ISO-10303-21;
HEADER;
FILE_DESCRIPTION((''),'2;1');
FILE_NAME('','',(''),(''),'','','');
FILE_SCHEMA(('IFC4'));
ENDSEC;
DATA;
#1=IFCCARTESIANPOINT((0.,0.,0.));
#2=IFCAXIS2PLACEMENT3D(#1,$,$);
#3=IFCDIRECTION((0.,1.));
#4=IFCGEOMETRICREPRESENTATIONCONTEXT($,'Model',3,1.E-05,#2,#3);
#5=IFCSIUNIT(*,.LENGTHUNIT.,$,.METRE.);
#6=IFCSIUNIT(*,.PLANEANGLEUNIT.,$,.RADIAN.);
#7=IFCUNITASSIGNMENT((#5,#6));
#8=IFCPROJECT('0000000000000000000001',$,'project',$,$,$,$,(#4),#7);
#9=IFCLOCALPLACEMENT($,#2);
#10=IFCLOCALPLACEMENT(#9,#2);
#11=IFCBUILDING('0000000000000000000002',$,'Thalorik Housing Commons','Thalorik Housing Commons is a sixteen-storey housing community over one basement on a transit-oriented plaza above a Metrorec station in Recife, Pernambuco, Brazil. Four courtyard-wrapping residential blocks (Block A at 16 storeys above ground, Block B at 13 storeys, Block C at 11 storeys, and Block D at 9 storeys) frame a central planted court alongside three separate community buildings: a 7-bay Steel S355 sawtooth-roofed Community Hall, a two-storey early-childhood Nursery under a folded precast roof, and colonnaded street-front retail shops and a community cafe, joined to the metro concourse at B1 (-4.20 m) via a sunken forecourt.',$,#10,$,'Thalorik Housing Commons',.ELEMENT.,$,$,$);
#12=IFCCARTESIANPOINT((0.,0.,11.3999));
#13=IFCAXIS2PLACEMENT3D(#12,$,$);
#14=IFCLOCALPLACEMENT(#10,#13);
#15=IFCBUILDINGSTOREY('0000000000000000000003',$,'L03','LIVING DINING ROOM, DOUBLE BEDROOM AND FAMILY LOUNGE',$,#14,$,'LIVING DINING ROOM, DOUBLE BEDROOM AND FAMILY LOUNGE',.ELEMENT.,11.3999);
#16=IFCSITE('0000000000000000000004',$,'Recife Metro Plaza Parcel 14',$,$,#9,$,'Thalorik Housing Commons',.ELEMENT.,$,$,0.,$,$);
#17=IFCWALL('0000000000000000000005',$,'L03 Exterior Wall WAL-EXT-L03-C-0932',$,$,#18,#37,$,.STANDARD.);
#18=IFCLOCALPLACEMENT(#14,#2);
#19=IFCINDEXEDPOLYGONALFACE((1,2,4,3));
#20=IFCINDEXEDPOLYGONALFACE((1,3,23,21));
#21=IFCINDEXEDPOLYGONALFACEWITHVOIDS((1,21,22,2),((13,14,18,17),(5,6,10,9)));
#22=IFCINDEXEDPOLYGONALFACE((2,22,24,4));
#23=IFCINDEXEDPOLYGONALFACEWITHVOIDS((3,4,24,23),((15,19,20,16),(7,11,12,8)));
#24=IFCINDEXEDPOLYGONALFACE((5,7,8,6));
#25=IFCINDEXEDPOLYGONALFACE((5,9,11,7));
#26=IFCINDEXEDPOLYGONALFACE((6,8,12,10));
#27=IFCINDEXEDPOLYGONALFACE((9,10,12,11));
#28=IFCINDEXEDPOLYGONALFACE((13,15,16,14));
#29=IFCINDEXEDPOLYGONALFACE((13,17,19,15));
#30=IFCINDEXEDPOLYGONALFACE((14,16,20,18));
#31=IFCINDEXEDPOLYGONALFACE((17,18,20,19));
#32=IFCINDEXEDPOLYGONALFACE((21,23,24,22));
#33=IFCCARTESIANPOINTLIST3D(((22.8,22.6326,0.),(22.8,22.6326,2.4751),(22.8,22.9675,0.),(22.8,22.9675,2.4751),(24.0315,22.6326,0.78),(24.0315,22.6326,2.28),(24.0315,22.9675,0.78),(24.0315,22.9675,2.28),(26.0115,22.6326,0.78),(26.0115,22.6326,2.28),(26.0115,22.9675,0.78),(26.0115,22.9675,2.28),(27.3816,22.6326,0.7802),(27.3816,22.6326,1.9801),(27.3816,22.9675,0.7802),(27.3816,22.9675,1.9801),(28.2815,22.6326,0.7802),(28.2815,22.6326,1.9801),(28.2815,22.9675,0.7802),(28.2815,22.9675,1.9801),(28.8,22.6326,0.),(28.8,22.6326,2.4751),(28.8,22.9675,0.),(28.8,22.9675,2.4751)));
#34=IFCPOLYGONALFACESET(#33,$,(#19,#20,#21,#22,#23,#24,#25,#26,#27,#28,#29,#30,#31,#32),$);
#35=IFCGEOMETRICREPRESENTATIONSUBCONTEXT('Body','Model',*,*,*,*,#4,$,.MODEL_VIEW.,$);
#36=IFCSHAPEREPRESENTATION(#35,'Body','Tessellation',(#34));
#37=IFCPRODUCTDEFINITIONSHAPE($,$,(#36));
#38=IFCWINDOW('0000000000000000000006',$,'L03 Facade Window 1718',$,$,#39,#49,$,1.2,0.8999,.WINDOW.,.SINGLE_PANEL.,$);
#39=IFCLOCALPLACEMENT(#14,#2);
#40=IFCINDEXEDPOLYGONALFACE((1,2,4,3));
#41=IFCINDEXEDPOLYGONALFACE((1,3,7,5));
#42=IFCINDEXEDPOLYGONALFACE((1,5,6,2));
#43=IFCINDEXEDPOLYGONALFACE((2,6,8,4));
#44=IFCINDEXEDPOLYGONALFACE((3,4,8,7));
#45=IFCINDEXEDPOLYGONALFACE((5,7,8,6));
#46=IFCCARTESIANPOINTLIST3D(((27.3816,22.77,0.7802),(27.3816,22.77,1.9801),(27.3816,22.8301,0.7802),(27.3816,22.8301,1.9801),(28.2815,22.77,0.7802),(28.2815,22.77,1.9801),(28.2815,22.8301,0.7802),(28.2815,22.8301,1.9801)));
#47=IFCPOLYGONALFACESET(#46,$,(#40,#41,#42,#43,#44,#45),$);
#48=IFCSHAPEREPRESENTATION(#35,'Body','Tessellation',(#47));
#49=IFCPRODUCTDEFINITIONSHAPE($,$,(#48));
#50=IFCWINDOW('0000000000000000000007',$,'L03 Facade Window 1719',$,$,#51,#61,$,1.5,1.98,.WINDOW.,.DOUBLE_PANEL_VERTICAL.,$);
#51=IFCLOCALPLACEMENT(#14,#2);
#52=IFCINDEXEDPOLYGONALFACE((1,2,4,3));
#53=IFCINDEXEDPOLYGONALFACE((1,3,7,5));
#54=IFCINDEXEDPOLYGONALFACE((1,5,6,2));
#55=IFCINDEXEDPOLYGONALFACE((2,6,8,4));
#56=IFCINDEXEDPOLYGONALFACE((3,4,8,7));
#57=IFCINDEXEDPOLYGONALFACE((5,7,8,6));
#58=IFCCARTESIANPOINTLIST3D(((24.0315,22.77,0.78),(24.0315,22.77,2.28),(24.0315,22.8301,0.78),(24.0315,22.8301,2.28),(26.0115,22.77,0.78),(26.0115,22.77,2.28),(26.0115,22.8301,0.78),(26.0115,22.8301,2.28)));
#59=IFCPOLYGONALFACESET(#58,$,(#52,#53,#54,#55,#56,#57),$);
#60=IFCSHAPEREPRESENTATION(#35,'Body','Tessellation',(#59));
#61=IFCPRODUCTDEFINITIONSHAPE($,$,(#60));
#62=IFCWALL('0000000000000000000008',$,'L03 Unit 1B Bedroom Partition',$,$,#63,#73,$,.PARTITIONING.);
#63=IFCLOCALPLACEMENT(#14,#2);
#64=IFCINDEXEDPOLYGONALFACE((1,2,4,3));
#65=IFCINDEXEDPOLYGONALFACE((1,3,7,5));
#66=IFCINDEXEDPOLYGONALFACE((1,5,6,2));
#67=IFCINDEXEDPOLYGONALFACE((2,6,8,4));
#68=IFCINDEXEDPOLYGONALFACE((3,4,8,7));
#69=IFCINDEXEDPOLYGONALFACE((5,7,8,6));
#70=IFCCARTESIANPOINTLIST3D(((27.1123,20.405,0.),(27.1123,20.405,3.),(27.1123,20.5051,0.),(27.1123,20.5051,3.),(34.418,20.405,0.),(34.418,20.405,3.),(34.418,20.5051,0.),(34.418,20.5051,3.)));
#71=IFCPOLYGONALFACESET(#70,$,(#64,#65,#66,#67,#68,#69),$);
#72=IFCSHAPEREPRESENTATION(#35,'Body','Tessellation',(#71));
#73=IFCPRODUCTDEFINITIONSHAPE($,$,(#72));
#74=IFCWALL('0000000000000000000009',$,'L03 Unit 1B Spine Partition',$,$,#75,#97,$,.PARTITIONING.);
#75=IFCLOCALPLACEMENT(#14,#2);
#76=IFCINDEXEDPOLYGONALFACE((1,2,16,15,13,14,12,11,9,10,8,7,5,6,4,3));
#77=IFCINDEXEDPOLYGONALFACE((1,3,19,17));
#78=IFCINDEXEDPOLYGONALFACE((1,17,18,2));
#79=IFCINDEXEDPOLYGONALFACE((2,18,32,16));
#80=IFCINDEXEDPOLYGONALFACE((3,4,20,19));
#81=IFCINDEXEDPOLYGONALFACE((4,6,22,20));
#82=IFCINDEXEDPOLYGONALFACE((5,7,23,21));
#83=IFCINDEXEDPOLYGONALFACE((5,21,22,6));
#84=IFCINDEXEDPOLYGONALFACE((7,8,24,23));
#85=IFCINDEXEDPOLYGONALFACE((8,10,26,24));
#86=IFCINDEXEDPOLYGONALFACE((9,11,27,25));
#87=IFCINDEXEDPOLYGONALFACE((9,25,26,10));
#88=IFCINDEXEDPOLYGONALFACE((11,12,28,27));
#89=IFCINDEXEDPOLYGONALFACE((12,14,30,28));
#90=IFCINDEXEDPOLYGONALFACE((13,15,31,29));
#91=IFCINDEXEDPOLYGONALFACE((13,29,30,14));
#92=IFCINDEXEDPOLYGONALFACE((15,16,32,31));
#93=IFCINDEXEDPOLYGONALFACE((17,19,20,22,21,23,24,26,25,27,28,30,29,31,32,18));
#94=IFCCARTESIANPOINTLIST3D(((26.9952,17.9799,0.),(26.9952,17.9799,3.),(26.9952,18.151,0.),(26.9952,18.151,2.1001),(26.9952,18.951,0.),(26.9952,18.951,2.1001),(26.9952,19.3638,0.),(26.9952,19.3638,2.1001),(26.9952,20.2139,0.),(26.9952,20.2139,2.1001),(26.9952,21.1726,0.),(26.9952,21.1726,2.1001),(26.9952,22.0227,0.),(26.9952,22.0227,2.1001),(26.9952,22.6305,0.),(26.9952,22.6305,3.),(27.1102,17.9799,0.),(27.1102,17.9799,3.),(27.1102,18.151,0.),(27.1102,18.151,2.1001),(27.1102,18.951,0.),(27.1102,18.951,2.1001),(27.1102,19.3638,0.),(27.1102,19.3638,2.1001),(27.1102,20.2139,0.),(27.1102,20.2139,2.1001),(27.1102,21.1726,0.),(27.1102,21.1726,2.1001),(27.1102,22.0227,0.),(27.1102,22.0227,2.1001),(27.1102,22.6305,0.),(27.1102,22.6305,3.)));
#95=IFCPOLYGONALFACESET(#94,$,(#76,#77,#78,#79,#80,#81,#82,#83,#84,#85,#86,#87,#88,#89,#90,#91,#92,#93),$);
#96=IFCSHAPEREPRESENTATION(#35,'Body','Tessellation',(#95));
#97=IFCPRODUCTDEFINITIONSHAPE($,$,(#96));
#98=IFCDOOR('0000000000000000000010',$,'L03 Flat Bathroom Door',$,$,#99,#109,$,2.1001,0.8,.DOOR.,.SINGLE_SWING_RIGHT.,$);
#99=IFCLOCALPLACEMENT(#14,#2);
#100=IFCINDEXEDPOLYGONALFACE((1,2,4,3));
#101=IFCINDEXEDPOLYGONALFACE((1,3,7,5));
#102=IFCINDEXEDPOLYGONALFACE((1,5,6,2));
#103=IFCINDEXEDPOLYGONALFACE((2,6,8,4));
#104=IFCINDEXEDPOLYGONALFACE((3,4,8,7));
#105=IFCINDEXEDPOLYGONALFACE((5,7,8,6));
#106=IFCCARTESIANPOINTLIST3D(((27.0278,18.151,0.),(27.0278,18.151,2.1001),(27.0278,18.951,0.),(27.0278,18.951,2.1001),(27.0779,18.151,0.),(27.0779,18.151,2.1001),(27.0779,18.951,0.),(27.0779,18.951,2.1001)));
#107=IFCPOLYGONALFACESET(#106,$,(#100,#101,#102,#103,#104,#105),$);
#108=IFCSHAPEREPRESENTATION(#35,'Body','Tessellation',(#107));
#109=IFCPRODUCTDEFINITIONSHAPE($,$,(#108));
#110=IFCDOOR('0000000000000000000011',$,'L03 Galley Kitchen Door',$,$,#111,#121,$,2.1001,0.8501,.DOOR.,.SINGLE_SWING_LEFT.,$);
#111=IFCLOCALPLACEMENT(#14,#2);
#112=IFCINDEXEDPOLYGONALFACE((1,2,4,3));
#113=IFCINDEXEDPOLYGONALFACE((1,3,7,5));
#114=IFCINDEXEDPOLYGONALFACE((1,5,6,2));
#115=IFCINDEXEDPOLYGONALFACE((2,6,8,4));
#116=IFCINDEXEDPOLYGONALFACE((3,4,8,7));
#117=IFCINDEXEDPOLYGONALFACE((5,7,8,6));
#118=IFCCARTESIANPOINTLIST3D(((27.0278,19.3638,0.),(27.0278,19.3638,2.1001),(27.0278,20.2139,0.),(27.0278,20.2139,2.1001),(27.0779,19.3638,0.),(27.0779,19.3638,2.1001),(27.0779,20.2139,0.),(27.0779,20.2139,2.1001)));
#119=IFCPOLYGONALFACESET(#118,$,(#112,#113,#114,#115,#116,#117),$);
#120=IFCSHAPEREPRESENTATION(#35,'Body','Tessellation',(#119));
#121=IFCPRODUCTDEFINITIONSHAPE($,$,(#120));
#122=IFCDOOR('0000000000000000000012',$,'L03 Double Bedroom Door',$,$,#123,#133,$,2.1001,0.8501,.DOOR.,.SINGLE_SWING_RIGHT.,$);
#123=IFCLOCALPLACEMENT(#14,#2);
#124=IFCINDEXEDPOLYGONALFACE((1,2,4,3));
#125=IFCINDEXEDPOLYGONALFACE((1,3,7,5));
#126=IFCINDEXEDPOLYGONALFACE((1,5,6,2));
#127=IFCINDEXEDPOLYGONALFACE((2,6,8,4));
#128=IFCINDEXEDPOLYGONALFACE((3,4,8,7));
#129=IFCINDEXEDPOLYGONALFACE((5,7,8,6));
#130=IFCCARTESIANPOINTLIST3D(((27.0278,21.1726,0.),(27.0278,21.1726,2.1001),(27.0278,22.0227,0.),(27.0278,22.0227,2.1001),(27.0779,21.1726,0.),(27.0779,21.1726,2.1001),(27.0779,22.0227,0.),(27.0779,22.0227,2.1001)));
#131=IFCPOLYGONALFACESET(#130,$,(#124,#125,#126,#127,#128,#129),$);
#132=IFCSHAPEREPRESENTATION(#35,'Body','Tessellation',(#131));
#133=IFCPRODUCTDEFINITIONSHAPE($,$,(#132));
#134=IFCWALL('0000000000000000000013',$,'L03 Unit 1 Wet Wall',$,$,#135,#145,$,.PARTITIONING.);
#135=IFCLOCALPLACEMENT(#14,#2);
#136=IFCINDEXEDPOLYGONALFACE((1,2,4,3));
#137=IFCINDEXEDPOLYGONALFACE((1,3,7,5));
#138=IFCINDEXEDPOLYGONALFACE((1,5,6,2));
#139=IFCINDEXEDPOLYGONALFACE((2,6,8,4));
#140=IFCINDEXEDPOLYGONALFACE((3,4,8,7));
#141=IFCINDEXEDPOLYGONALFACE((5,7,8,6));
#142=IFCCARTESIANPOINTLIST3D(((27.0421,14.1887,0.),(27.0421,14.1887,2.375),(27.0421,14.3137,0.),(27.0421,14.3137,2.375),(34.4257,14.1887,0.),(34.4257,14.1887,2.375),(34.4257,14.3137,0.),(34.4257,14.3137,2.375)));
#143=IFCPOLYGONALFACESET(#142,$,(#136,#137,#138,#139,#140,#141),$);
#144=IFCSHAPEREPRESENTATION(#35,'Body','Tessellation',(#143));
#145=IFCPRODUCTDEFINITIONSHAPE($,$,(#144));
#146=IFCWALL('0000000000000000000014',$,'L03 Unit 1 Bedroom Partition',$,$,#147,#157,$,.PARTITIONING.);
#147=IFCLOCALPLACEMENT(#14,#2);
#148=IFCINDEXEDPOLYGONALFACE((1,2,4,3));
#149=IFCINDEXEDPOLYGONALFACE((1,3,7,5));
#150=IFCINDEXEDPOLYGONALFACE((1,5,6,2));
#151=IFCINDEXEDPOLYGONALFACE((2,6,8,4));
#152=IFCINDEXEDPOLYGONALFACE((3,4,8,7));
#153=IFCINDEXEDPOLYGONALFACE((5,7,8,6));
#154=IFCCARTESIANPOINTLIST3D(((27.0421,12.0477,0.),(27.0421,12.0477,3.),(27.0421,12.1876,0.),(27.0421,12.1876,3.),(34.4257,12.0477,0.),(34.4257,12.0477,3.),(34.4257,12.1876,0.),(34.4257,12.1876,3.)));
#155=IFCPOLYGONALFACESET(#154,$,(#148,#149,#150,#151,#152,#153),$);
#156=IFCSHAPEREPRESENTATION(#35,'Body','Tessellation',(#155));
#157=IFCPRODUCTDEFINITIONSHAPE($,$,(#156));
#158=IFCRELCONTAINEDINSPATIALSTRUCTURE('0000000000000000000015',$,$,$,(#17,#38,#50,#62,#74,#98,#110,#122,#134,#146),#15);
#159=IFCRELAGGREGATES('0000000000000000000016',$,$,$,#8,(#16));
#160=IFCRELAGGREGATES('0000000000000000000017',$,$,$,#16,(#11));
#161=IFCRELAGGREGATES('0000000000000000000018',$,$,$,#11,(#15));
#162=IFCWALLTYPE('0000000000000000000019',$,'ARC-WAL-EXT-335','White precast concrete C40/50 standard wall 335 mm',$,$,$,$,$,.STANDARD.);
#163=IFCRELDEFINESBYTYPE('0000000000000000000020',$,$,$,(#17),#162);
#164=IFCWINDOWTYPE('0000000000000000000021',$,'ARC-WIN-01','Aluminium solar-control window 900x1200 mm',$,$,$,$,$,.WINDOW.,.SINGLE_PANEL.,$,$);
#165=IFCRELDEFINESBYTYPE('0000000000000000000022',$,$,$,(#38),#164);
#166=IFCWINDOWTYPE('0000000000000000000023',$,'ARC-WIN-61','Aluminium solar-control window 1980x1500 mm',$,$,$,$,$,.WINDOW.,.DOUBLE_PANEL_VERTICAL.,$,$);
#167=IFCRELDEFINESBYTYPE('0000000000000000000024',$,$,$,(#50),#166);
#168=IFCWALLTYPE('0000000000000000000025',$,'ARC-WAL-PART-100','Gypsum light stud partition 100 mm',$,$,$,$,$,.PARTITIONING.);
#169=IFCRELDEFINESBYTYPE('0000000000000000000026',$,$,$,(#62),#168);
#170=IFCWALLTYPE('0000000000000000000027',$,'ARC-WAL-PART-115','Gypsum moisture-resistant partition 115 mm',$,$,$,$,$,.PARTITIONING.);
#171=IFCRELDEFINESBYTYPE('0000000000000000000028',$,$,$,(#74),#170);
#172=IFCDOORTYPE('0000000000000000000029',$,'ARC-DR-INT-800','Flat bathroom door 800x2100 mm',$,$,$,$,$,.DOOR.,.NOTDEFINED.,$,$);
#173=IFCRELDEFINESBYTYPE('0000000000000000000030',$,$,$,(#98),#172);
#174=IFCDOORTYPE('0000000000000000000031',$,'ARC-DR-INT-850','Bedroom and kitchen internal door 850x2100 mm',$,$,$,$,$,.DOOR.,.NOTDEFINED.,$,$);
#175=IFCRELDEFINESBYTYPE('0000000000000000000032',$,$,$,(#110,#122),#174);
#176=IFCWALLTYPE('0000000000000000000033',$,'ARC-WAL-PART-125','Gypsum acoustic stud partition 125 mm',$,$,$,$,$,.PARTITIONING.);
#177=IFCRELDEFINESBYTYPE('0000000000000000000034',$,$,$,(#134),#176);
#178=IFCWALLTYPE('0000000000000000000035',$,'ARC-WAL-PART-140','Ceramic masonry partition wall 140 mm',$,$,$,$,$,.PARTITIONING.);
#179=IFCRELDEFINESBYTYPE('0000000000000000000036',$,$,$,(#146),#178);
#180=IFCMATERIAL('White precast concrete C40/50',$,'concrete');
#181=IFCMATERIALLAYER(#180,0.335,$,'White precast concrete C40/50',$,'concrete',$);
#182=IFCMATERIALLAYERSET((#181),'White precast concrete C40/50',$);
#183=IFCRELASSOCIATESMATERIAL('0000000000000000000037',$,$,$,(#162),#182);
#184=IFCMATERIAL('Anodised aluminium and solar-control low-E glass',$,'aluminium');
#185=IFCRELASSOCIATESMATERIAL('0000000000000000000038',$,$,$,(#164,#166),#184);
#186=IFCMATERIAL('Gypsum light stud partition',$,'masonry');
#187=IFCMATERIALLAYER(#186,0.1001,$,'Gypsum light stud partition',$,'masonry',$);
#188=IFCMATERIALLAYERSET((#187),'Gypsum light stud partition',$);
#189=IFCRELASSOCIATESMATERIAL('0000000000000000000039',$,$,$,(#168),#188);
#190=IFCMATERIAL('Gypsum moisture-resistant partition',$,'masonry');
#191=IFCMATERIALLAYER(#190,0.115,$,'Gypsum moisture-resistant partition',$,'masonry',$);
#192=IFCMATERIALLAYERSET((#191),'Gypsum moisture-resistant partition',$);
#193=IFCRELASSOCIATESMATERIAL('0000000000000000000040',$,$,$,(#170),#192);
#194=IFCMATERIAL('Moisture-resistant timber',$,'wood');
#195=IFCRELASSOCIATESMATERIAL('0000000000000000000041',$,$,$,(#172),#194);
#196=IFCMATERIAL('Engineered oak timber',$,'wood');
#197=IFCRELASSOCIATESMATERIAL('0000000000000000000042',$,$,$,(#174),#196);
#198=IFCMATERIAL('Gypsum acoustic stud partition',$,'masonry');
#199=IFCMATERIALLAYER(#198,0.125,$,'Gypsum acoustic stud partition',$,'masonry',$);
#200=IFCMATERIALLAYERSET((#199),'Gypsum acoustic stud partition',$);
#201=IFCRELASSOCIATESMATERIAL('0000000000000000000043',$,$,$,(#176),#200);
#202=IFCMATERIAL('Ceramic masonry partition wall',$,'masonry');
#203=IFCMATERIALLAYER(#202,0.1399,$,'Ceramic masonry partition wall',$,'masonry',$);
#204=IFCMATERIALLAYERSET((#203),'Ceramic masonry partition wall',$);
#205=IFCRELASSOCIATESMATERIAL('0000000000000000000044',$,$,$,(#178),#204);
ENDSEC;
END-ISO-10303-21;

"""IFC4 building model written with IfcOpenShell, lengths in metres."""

from ifc_helpers import new_model, si_unit, direction, frame, frame_2d, origin, place, context, subcontext, project, spatial, rectangle, extrude, material, layer, layer_set, type_object, element, fill, save


model = new_model("IFC4")

# Units and contexts
model_context = context("Model", 3, precision=1e-05, world=origin(), true_north=direction((0.0, 1.0)))
body_context = subcontext(model_context, "Body", "Model", "MODEL_VIEW")
ifc_project = project(units=[si_unit("LENGTHUNIT", "METRE"), si_unit("PLANEANGLEUNIT", "RADIAN")], contexts=[model_context])

# Site, building, storey
site_placement = place(None, origin())
site = spatial("IfcSite", under=ifc_project, at=site_placement, Name="Recife Metro Plaza Parcel 14", LongName="Thalorik Housing Commons", CompositionType="ELEMENT", RefElevation=0.0)
building_placement = place(site_placement, origin())
building = spatial("IfcBuilding", under=site, at=building_placement, Name="Thalorik Housing Commons", Description="Thalorik Housing Commons is a sixteen-storey housing community over one basement on a transit-oriented plaza above a Metrorec station in Recife, Pernambuco, Brazil. Four courtyard-wrapping residential blocks (Block A at 16 storeys above ground, Block B at 13 storeys, Block C at 11 storeys, and Block D at 9 storeys) frame a central planted court alongside three separate community buildings: a 7-bay Steel S355 sawtooth-roofed Community Hall, a two-storey early-childhood Nursery under a folded precast roof, and colonnaded street-front retail shops and a community cafe, joined to the metro concourse at B1 (-4.20 m) via a sunken forecourt.", LongName="Thalorik Housing Commons", CompositionType="ELEMENT")
storey_placement = place(building_placement, frame((0.0, 0.0, 11.3999)))
storey = spatial("IfcBuildingStorey", under=building, at=storey_placement, Name="L03", Description="LIVING DINING ROOM, DOUBLE BEDROOM AND FAMILY LOUNGE", LongName="LIVING DINING ROOM, DOUBLE BEDROOM AND FAMILY LOUNGE", CompositionType="ELEMENT", Elevation=11.3999)

# Wall, openings, windows
ifc_material_1 = material(Name="White precast concrete C40/50", Category="concrete")
ifc_layer_1 = layer(ifc_material_1, 0.335, Name="White precast concrete C40/50", Category="concrete")
ifc_layer_set_1 = layer_set([ifc_layer_1], Name="White precast concrete C40/50")
wall_type_1 = type_object("IfcWallType", Name="ARC-WAL-EXT-335", Description="White precast concrete C40/50 standard wall 335 mm", PredefinedType="STANDARD", material=ifc_layer_set_1)
ifc_material_2 = material(Name="Anodised aluminium and solar-control low-E glass", Category="aluminium")
window_type_1 = type_object("IfcWindowType", Name="ARC-WIN-01", Description="Aluminium solar-control window 900x1200 mm", PartitioningType="SINGLE_PANEL", PredefinedType="WINDOW", material=ifc_material_2)
wall_1_placement = place(storey_placement, frame((28.8, 22.8, 0.0), z_axis=(0.0, 0.0, 1.0), x_axis=(-1.0, 0.0, 0.0)))
wall_1 = element("IfcWall", 1, at=wall_1_placement, inside=storey, type_object=wall_type_1, Name="L03 Exterior Wall WAL-EXT-L03-C-0932", PredefinedType="STANDARD", context=body_context, shape_type="SweptSolid", body=[
    extrude(rectangle(XDim=6.0, YDim=0.335, at=frame_2d((3.0, 0.0))), origin(), (0.0, 0.0, 1.0), 2.4751),
])
opening_1_placement = place(wall_1_placement, frame((0.5186, 0.0, 0.78)))
opening_1 = element("IfcOpeningElement", 2, at=opening_1_placement, cuts=wall_1, PredefinedType="OPENING", context=body_context, shape_type="SweptSolid", body=[
    extrude(rectangle(XDim=0.8999, YDim=1.2, at=frame_2d((0.45, 0.6001))), frame((0.0, 0.1775, 0.0), z_axis=(0.0, -1.0, 0.0), x_axis=(1.0, 0.0, 0.0)), (0.0, 0.0, 1.0), 0.355),
])
opening_2_placement = place(wall_1_placement, frame((2.7886, 0.0, 0.78)))
opening_2 = element("IfcOpeningElement", 3, at=opening_2_placement, cuts=wall_1, PredefinedType="OPENING", context=body_context, shape_type="SweptSolid", body=[
    extrude(rectangle(XDim=1.98, YDim=1.5, at=frame_2d((0.99, 0.75))), frame((0.0, 0.1775, 0.0), z_axis=(0.0, -1.0, 0.0), x_axis=(1.0, 0.0, 0.0)), (0.0, 0.0, 1.0), 0.355),
])
window_1_placement = place(opening_1_placement, origin())
window_1 = element("IfcWindow", 4, at=window_1_placement, inside=storey, type_object=window_type_1, Name="L03 Facade Window 1718", OverallHeight=1.2, OverallWidth=0.8999, PartitioningType="SINGLE_PANEL", PredefinedType="WINDOW", context=body_context, shape_type="SweptSolid", body=[
    extrude(rectangle(XDim=0.8999, YDim=1.2, at=frame_2d((0.45, 0.6001))), frame((0.0, 0.03, 0.0), z_axis=(0.0, -1.0, 0.0), x_axis=(1.0, 0.0, 0.0)), (0.0, 0.0, 1.0), 0.0601),
])
fill(opening_1, window_1)
window_type_2 = type_object("IfcWindowType", Name="ARC-WIN-61", Description="Aluminium solar-control window 1980x1500 mm", PartitioningType="DOUBLE_PANEL_VERTICAL", PredefinedType="WINDOW", material=ifc_material_2)
window_2_placement = place(opening_2_placement, origin())
window_2 = element("IfcWindow", 5, at=window_2_placement, inside=storey, type_object=window_type_2, Name="L03 Facade Window 1719", OverallHeight=1.5, OverallWidth=1.98, PartitioningType="DOUBLE_PANEL_VERTICAL", PredefinedType="WINDOW", context=body_context, shape_type="SweptSolid", body=[
    extrude(rectangle(XDim=1.98, YDim=1.5, at=frame_2d((0.99, 0.75))), frame((0.0, 0.03, 0.0), z_axis=(0.0, -1.0, 0.0), x_axis=(1.0, 0.0, 0.0)), (0.0, 0.0, 1.0), 0.0601),
])
fill(opening_2, window_2)

# Wall
ifc_material_3 = material(Name="Gypsum light stud partition", Category="masonry")
ifc_layer_2 = layer(ifc_material_3, 0.1001, Name="Gypsum light stud partition", Category="masonry")
ifc_layer_set_2 = layer_set([ifc_layer_2], Name="Gypsum light stud partition")
wall_type_2 = type_object("IfcWallType", Name="ARC-WAL-PART-100", Description="Gypsum light stud partition 100 mm", PredefinedType="PARTITIONING", material=ifc_layer_set_2)
wall_2_placement = place(storey_placement, frame((27.1123, 20.4551, 0.0), z_axis=(0.0, 0.0, 1.0), x_axis=(1.0, 0.0, 0.0)))
element("IfcWall", 6, at=wall_2_placement, inside=storey, type_object=wall_type_2, Name="L03 Unit 1B Bedroom Partition", PredefinedType="PARTITIONING", context=body_context, shape_type="SweptSolid", body=[
    extrude(rectangle(XDim=7.3057, YDim=0.1001, at=frame_2d((3.6528, 0.0))), origin(), (0.0, 0.0, 1.0), 3.0),
])

# Wall, openings, doors
ifc_material_4 = material(Name="Gypsum moisture-resistant partition", Category="masonry")
ifc_layer_3 = layer(ifc_material_4, 0.115, Name="Gypsum moisture-resistant partition", Category="masonry")
ifc_layer_set_3 = layer_set([ifc_layer_3], Name="Gypsum moisture-resistant partition")
wall_type_3 = type_object("IfcWallType", Name="ARC-WAL-PART-115", Description="Gypsum moisture-resistant partition 115 mm", PredefinedType="PARTITIONING", material=ifc_layer_set_3)
wall_3_placement = place(storey_placement, frame((27.0527, 17.98, 0.0), z_axis=(0.0, 0.0, 1.0), x_axis=(0.0, 1.0, 0.0)))
wall_3 = element("IfcWall", 7, at=wall_3_placement, inside=storey, type_object=wall_type_3, Name="L03 Unit 1B Spine Partition", PredefinedType="PARTITIONING", context=body_context, shape_type="SweptSolid", body=[
    extrude(rectangle(XDim=4.6506, YDim=0.115, at=frame_2d((2.3252, 0.0))), origin(), (0.0, 0.0, 1.0), 3.0),
])
opening_3_placement = place(wall_3_placement, frame((0.1711, 0.0, 0.0)))
opening_3 = element("IfcOpeningElement", 8, at=opening_3_placement, cuts=wall_3, PredefinedType="OPENING", context=body_context, shape_type="SweptSolid", body=[
    extrude(rectangle(XDim=0.8, YDim=2.1001, at=frame_2d((0.3999, 1.05))), frame((0.0, 0.0674, 0.0), z_axis=(0.0, -1.0, 0.0), x_axis=(1.0, 0.0, 0.0)), (0.0, 0.0, 1.0), 0.135),
])
opening_4_placement = place(wall_3_placement, frame((1.3838, 0.0, 0.0)))
opening_4 = element("IfcOpeningElement", 9, at=opening_4_placement, cuts=wall_3, PredefinedType="OPENING", context=body_context, shape_type="SweptSolid", body=[
    extrude(rectangle(XDim=0.8501, YDim=2.1001, at=frame_2d((0.425, 1.05))), frame((0.0, 0.0674, 0.0), z_axis=(0.0, -1.0, 0.0), x_axis=(1.0, 0.0, 0.0)), (0.0, 0.0, 1.0), 0.135),
])
opening_5_placement = place(wall_3_placement, frame((3.1926, 0.0, 0.0)))
opening_5 = element("IfcOpeningElement", 10, at=opening_5_placement, cuts=wall_3, PredefinedType="OPENING", context=body_context, shape_type="SweptSolid", body=[
    extrude(rectangle(XDim=0.8501, YDim=2.1001, at=frame_2d((0.425, 1.05))), frame((0.0, 0.0674, 0.0), z_axis=(0.0, -1.0, 0.0), x_axis=(1.0, 0.0, 0.0)), (0.0, 0.0, 1.0), 0.135),
])
ifc_material_5 = material(Name="Moisture-resistant timber", Category="wood")
door_type_1 = type_object("IfcDoorType", Name="ARC-DR-INT-800", Description="Flat bathroom door 800x2100 mm", OperationType="NOTDEFINED", PredefinedType="DOOR", material=ifc_material_5)
door_1_placement = place(opening_3_placement, origin())
door_1 = element("IfcDoor", 11, at=door_1_placement, inside=storey, type_object=door_type_1, Name="L03 Flat Bathroom Door", OperationType="SINGLE_SWING_RIGHT", OverallHeight=2.1001, OverallWidth=0.8, PredefinedType="DOOR", context=body_context, shape_type="SweptSolid", body=[
    extrude(rectangle(XDim=0.8, YDim=2.1001, at=frame_2d((0.3999, 1.05))), frame((0.0, 0.0249, 0.0), z_axis=(0.0, -1.0, 0.0), x_axis=(1.0, 0.0, 0.0)), (0.0, 0.0, 1.0), 0.05),
])
fill(opening_3, door_1)
ifc_material_6 = material(Name="Engineered oak timber", Category="wood")
door_type_2 = type_object("IfcDoorType", Name="ARC-DR-INT-850", Description="Bedroom and kitchen internal door 850x2100 mm", OperationType="NOTDEFINED", PredefinedType="DOOR", material=ifc_material_6)
door_2_placement = place(opening_4_placement, origin())
door_2 = element("IfcDoor", 12, at=door_2_placement, inside=storey, type_object=door_type_2, Name="L03 Galley Kitchen Door", OperationType="SINGLE_SWING_LEFT", OverallHeight=2.1001, OverallWidth=0.8501, PredefinedType="DOOR", context=body_context, shape_type="SweptSolid", body=[
    extrude(rectangle(XDim=0.8501, YDim=2.1001, at=frame_2d((0.425, 1.05))), frame((0.0, 0.0249, 0.0), z_axis=(0.0, -1.0, 0.0), x_axis=(1.0, 0.0, 0.0)), (0.0, 0.0, 1.0), 0.05),
])
fill(opening_4, door_2)
door_3_placement = place(opening_5_placement, origin())
door_3 = element("IfcDoor", 13, at=door_3_placement, inside=storey, type_object=door_type_2, Name="L03 Double Bedroom Door", OperationType="SINGLE_SWING_RIGHT", OverallHeight=2.1001, OverallWidth=0.8501, PredefinedType="DOOR", context=body_context, shape_type="SweptSolid", body=[
    extrude(rectangle(XDim=0.8501, YDim=2.1001, at=frame_2d((0.425, 1.05))), frame((0.0, 0.0249, 0.0), z_axis=(0.0, -1.0, 0.0), x_axis=(1.0, 0.0, 0.0)), (0.0, 0.0, 1.0), 0.05),
])
fill(opening_5, door_3)

# Walls
ifc_material_7 = material(Name="Gypsum acoustic stud partition", Category="masonry")
ifc_layer_4 = layer(ifc_material_7, 0.125, Name="Gypsum acoustic stud partition", Category="masonry")
ifc_layer_set_4 = layer_set([ifc_layer_4], Name="Gypsum acoustic stud partition")
wall_type_4 = type_object("IfcWallType", Name="ARC-WAL-PART-125", Description="Gypsum acoustic stud partition 125 mm", PredefinedType="PARTITIONING", material=ifc_layer_set_4)
wall_4_placement = place(storey_placement, frame((27.042, 14.2512, 0.0), z_axis=(0.0, 0.0, 1.0), x_axis=(1.0, 0.0, 0.0)))
element("IfcWall", 14, at=wall_4_placement, inside=storey, type_object=wall_type_4, Name="L03 Unit 1 Wet Wall", PredefinedType="PARTITIONING", context=body_context, shape_type="SweptSolid", body=[
    extrude(rectangle(XDim=7.3835, YDim=0.125, at=frame_2d((3.6919, 0.0))), origin(), (0.0, 0.0, 1.0), 2.375),
])
ifc_material_8 = material(Name="Ceramic masonry partition wall", Category="masonry")
ifc_layer_5 = layer(ifc_material_8, 0.1399, Name="Ceramic masonry partition wall", Category="masonry")
ifc_layer_set_5 = layer_set([ifc_layer_5], Name="Ceramic masonry partition wall")
wall_type_5 = type_object("IfcWallType", Name="ARC-WAL-PART-140", Description="Ceramic masonry partition wall 140 mm", PredefinedType="PARTITIONING", material=ifc_layer_set_5)
wall_5_placement = place(storey_placement, frame((27.042, 12.1177, 0.0), z_axis=(0.0, 0.0, 1.0), x_axis=(1.0, 0.0, 0.0)))
element("IfcWall", 15, at=wall_5_placement, inside=storey, type_object=wall_type_5, Name="L03 Unit 1 Bedroom Partition", PredefinedType="PARTITIONING", context=body_context, shape_type="SweptSolid", body=[
    extrude(rectangle(XDim=7.3835, YDim=0.1399, at=frame_2d((3.6919, 0.0))), origin(), (0.0, 0.0, 1.0), 3.0),
])

save(model, "model.ifc")
